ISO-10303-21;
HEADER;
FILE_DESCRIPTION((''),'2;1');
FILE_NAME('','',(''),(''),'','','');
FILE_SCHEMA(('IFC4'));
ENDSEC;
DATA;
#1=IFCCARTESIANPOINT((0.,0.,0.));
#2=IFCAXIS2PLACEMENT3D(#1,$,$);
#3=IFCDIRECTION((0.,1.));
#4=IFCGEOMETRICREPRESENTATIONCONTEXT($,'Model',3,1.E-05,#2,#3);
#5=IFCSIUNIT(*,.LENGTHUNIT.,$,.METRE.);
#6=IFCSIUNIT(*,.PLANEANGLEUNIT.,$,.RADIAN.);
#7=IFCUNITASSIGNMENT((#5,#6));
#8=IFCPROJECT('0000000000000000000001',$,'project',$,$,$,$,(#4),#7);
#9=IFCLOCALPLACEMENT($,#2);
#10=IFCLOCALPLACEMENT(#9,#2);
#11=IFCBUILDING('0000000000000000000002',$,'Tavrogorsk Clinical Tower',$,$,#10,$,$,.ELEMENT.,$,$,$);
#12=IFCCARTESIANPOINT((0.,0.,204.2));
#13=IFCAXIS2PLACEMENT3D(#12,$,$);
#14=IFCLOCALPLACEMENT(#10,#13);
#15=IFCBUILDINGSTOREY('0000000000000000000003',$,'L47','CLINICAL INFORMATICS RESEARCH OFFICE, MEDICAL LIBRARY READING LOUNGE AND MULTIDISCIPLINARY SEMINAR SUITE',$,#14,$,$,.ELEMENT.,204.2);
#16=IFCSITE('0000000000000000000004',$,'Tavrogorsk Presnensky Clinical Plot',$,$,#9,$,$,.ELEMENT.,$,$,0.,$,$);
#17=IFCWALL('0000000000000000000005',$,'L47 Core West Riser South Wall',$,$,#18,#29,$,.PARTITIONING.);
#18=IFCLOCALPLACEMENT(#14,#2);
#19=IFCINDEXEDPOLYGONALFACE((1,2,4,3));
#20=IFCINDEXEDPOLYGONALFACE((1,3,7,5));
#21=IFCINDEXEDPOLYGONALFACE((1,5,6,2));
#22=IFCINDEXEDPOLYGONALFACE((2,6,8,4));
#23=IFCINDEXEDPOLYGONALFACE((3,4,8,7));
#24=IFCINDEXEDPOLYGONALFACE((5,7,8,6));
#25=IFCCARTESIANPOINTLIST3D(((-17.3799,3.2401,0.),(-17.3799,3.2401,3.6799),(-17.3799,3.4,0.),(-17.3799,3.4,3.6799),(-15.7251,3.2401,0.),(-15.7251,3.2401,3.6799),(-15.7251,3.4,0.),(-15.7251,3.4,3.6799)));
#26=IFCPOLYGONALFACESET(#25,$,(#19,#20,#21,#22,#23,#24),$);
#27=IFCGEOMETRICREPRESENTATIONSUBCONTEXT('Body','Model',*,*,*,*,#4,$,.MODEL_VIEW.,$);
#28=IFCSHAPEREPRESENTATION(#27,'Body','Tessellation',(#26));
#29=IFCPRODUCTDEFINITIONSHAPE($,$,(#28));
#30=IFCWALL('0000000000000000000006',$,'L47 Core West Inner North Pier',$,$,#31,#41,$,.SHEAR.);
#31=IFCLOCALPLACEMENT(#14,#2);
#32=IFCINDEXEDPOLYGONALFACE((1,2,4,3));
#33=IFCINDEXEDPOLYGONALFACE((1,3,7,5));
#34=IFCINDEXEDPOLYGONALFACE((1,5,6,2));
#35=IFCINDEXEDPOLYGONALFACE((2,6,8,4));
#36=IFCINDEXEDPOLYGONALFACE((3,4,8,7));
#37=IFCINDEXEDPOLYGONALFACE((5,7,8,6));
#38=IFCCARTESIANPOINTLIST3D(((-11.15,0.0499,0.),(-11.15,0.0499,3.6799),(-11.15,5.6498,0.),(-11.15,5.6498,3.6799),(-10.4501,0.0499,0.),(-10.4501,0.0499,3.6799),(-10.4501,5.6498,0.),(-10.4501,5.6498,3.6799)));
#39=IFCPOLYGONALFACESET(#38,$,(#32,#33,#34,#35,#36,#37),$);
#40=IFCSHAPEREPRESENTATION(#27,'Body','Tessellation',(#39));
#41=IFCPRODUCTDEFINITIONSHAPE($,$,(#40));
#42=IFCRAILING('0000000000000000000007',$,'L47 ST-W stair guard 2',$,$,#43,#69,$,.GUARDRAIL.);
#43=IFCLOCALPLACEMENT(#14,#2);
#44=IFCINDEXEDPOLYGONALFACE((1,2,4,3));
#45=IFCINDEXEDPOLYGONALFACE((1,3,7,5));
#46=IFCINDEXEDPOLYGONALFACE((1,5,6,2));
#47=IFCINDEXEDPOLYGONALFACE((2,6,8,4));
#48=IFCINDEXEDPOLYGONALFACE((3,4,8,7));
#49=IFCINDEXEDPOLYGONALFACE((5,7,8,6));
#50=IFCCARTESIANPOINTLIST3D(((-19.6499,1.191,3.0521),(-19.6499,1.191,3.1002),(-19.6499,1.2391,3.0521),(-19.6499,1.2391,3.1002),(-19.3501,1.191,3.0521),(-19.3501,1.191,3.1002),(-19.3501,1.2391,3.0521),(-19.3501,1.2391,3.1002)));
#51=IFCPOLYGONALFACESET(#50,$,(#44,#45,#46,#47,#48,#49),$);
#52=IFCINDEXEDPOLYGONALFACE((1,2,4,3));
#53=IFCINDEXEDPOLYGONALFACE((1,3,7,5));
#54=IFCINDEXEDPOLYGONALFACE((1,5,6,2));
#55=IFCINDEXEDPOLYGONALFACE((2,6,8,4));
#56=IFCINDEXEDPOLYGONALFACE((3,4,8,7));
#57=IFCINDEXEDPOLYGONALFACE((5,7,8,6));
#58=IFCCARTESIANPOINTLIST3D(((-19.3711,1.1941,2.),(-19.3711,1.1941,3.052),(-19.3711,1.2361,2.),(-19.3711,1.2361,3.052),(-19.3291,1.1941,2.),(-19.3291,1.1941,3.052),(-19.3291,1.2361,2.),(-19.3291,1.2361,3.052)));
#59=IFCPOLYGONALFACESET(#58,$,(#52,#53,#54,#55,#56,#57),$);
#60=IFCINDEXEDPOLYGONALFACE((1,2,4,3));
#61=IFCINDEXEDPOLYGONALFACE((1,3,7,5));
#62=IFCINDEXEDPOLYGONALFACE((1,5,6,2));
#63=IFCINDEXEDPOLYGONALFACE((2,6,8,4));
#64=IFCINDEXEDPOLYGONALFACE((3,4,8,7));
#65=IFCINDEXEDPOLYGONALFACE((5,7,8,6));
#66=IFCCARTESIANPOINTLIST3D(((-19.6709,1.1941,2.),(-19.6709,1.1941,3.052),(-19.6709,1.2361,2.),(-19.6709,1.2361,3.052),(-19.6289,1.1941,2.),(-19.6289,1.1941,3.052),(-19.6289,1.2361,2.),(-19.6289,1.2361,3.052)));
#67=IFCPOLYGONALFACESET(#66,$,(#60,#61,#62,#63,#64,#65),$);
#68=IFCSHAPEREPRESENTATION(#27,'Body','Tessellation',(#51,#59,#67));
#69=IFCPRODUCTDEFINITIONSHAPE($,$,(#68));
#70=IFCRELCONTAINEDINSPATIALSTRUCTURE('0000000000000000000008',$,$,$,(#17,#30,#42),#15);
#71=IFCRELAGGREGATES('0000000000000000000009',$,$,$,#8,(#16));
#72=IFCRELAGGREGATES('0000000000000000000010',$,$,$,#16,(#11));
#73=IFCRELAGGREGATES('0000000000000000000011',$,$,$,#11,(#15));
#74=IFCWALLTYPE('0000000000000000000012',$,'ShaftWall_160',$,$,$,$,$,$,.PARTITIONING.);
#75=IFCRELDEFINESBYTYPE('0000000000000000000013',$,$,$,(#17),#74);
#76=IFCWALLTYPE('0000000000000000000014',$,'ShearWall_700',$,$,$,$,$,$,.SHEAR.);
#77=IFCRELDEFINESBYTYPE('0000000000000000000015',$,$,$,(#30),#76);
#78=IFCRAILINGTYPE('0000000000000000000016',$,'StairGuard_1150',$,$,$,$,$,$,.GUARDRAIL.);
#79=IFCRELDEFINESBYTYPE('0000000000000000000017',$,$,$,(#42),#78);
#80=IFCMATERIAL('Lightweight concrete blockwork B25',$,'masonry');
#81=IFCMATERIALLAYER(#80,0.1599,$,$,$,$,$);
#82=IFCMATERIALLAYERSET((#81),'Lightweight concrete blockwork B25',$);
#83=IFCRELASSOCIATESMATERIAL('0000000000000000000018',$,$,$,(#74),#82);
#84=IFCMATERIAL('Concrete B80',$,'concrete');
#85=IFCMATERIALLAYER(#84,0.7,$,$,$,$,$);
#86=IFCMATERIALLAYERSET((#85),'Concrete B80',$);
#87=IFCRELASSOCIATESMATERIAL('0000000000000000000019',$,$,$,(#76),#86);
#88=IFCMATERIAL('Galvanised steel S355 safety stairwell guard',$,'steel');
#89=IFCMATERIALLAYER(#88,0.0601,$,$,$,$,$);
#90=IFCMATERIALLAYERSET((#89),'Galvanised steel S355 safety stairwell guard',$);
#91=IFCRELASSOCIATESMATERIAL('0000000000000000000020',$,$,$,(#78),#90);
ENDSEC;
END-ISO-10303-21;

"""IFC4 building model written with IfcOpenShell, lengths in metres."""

from ifc_helpers import new_model, si_unit, direction, frame, frame_2d, origin, origin_2d, place, context, subcontext, project, spatial, rectangle, extrude, material, layer, layer_set, type_object, element, save


model = new_model("IFC4")

# Units and contexts
model_context = context("Model", 3, precision=1e-05, world=origin(), true_north=direction((0.0, 1.0)))
body_context = subcontext(model_context, "Body", "Model", "MODEL_VIEW")
ifc_project = project(units=[si_unit("LENGTHUNIT", "METRE"), si_unit("PLANEANGLEUNIT", "RADIAN")], contexts=[model_context])

# Site, building, storey
site_placement = place(None, origin())
site = spatial("IfcSite", under=ifc_project, at=site_placement, Name="Tavrogorsk Presnensky Clinical Plot", CompositionType="ELEMENT", RefElevation=0.0)
building_placement = place(site_placement, origin())
building = spatial("IfcBuilding", under=site, at=building_placement, Name="Tavrogorsk Clinical Tower", CompositionType="ELEMENT")
storey_placement = place(building_placement, frame((0.0, 0.0, 204.2)))
storey = spatial("IfcBuildingStorey", under=building, at=storey_placement, Name="L47", Description="CLINICAL INFORMATICS RESEARCH OFFICE, MEDICAL LIBRARY READING LOUNGE AND MULTIDISCIPLINARY SEMINAR SUITE", CompositionType="ELEMENT", Elevation=204.2)

# Shared definitions
ifc_material_1 = material(Name="Lightweight concrete blockwork B25", Category="masonry")
ifc_layer_1 = layer(ifc_material_1, 0.1599)
ifc_layer_set_1 = layer_set([ifc_layer_1], Name="Lightweight concrete blockwork B25")
wall_type_1 = type_object("IfcWallType", Name="ShaftWall_160", PredefinedType="PARTITIONING", material=ifc_layer_set_1)

# Walls
wall_1_placement = place(storey_placement, frame((-17.3799, 3.3201, 0.0), z_axis=(0.0, 0.0, 1.0), x_axis=(1.0, 0.0, 0.0)))
element("IfcWall", 1, at=wall_1_placement, inside=storey, type_object=wall_type_1, Name="L47 Core West Riser South Wall", PredefinedType="PARTITIONING", context=body_context, shape_type="SweptSolid", body=[
    extrude(rectangle(XDim=1.6548, YDim=0.1599, at=frame_2d((0.8274, 0.0))), origin(), (0.0, 0.0, 1.0), 3.6799),
])
ifc_material_2 = material(Name="Concrete B80", Category="concrete")
ifc_layer_2 = layer(ifc_material_2, 0.7)
ifc_layer_set_2 = layer_set([ifc_layer_2], Name="Concrete B80")
wall_type_2 = type_object("IfcWallType", Name="ShearWall_700", PredefinedType="SHEAR", material=ifc_layer_set_2)
wall_2_placement = place(storey_placement, frame((-10.8, 0.05, 0.0), z_axis=(0.0, 0.0, 1.0), x_axis=(0.0, 1.0, 0.0)))
element("IfcWall", 2, at=wall_2_placement, inside=storey, type_object=wall_type_2, Name="L47 Core West Inner North Pier", PredefinedType="SHEAR", context=body_context, shape_type="SweptSolid", body=[
    extrude(rectangle(XDim=5.5999, YDim=0.7, at=frame_2d((2.7998, 0.0))), origin(), (0.0, 0.0, 1.0), 3.6799),
])

# Railing
ifc_material_3 = material(Name="Galvanised steel S355 safety stairwell guard", Category="steel")
ifc_layer_3 = layer(ifc_material_3, 0.0601)
ifc_layer_set_3 = layer_set([ifc_layer_3], Name="Galvanised steel S355 safety stairwell guard")
railing_type = type_object("IfcRailingType", Name="StairGuard_1150", PredefinedType="GUARDRAIL", material=ifc_layer_set_3)
railing_placement = place(storey_placement, frame((-19.3501, 1.2151, 2.0)))
element("IfcRailing", 3, at=railing_placement, inside=storey, type_object=railing_type, Name="L47 ST-W stair guard 2", PredefinedType="GUARDRAIL", context=body_context, shape_type="SweptSolid", body=[
    extrude(rectangle(XDim=0.0481, YDim=0.0481, at=origin_2d()), frame((0.0, 0.0, 1.0762), z_axis=(-1.0, 0.0, 0.0), x_axis=(0.0, -1.0, 0.0)), (0.0, 0.0, 1.0), 0.2998),
    extrude(rectangle(XDim=0.042, YDim=0.042, at=origin_2d()), origin(), (0.0, 0.0, 1.0), 1.052),
    extrude(rectangle(XDim=0.042, YDim=0.042, at=origin_2d()), frame((-0.2998, 0.0, 0.0)), (0.0, 0.0, 1.0), 1.052),
])

save(model, "model.ifc")
